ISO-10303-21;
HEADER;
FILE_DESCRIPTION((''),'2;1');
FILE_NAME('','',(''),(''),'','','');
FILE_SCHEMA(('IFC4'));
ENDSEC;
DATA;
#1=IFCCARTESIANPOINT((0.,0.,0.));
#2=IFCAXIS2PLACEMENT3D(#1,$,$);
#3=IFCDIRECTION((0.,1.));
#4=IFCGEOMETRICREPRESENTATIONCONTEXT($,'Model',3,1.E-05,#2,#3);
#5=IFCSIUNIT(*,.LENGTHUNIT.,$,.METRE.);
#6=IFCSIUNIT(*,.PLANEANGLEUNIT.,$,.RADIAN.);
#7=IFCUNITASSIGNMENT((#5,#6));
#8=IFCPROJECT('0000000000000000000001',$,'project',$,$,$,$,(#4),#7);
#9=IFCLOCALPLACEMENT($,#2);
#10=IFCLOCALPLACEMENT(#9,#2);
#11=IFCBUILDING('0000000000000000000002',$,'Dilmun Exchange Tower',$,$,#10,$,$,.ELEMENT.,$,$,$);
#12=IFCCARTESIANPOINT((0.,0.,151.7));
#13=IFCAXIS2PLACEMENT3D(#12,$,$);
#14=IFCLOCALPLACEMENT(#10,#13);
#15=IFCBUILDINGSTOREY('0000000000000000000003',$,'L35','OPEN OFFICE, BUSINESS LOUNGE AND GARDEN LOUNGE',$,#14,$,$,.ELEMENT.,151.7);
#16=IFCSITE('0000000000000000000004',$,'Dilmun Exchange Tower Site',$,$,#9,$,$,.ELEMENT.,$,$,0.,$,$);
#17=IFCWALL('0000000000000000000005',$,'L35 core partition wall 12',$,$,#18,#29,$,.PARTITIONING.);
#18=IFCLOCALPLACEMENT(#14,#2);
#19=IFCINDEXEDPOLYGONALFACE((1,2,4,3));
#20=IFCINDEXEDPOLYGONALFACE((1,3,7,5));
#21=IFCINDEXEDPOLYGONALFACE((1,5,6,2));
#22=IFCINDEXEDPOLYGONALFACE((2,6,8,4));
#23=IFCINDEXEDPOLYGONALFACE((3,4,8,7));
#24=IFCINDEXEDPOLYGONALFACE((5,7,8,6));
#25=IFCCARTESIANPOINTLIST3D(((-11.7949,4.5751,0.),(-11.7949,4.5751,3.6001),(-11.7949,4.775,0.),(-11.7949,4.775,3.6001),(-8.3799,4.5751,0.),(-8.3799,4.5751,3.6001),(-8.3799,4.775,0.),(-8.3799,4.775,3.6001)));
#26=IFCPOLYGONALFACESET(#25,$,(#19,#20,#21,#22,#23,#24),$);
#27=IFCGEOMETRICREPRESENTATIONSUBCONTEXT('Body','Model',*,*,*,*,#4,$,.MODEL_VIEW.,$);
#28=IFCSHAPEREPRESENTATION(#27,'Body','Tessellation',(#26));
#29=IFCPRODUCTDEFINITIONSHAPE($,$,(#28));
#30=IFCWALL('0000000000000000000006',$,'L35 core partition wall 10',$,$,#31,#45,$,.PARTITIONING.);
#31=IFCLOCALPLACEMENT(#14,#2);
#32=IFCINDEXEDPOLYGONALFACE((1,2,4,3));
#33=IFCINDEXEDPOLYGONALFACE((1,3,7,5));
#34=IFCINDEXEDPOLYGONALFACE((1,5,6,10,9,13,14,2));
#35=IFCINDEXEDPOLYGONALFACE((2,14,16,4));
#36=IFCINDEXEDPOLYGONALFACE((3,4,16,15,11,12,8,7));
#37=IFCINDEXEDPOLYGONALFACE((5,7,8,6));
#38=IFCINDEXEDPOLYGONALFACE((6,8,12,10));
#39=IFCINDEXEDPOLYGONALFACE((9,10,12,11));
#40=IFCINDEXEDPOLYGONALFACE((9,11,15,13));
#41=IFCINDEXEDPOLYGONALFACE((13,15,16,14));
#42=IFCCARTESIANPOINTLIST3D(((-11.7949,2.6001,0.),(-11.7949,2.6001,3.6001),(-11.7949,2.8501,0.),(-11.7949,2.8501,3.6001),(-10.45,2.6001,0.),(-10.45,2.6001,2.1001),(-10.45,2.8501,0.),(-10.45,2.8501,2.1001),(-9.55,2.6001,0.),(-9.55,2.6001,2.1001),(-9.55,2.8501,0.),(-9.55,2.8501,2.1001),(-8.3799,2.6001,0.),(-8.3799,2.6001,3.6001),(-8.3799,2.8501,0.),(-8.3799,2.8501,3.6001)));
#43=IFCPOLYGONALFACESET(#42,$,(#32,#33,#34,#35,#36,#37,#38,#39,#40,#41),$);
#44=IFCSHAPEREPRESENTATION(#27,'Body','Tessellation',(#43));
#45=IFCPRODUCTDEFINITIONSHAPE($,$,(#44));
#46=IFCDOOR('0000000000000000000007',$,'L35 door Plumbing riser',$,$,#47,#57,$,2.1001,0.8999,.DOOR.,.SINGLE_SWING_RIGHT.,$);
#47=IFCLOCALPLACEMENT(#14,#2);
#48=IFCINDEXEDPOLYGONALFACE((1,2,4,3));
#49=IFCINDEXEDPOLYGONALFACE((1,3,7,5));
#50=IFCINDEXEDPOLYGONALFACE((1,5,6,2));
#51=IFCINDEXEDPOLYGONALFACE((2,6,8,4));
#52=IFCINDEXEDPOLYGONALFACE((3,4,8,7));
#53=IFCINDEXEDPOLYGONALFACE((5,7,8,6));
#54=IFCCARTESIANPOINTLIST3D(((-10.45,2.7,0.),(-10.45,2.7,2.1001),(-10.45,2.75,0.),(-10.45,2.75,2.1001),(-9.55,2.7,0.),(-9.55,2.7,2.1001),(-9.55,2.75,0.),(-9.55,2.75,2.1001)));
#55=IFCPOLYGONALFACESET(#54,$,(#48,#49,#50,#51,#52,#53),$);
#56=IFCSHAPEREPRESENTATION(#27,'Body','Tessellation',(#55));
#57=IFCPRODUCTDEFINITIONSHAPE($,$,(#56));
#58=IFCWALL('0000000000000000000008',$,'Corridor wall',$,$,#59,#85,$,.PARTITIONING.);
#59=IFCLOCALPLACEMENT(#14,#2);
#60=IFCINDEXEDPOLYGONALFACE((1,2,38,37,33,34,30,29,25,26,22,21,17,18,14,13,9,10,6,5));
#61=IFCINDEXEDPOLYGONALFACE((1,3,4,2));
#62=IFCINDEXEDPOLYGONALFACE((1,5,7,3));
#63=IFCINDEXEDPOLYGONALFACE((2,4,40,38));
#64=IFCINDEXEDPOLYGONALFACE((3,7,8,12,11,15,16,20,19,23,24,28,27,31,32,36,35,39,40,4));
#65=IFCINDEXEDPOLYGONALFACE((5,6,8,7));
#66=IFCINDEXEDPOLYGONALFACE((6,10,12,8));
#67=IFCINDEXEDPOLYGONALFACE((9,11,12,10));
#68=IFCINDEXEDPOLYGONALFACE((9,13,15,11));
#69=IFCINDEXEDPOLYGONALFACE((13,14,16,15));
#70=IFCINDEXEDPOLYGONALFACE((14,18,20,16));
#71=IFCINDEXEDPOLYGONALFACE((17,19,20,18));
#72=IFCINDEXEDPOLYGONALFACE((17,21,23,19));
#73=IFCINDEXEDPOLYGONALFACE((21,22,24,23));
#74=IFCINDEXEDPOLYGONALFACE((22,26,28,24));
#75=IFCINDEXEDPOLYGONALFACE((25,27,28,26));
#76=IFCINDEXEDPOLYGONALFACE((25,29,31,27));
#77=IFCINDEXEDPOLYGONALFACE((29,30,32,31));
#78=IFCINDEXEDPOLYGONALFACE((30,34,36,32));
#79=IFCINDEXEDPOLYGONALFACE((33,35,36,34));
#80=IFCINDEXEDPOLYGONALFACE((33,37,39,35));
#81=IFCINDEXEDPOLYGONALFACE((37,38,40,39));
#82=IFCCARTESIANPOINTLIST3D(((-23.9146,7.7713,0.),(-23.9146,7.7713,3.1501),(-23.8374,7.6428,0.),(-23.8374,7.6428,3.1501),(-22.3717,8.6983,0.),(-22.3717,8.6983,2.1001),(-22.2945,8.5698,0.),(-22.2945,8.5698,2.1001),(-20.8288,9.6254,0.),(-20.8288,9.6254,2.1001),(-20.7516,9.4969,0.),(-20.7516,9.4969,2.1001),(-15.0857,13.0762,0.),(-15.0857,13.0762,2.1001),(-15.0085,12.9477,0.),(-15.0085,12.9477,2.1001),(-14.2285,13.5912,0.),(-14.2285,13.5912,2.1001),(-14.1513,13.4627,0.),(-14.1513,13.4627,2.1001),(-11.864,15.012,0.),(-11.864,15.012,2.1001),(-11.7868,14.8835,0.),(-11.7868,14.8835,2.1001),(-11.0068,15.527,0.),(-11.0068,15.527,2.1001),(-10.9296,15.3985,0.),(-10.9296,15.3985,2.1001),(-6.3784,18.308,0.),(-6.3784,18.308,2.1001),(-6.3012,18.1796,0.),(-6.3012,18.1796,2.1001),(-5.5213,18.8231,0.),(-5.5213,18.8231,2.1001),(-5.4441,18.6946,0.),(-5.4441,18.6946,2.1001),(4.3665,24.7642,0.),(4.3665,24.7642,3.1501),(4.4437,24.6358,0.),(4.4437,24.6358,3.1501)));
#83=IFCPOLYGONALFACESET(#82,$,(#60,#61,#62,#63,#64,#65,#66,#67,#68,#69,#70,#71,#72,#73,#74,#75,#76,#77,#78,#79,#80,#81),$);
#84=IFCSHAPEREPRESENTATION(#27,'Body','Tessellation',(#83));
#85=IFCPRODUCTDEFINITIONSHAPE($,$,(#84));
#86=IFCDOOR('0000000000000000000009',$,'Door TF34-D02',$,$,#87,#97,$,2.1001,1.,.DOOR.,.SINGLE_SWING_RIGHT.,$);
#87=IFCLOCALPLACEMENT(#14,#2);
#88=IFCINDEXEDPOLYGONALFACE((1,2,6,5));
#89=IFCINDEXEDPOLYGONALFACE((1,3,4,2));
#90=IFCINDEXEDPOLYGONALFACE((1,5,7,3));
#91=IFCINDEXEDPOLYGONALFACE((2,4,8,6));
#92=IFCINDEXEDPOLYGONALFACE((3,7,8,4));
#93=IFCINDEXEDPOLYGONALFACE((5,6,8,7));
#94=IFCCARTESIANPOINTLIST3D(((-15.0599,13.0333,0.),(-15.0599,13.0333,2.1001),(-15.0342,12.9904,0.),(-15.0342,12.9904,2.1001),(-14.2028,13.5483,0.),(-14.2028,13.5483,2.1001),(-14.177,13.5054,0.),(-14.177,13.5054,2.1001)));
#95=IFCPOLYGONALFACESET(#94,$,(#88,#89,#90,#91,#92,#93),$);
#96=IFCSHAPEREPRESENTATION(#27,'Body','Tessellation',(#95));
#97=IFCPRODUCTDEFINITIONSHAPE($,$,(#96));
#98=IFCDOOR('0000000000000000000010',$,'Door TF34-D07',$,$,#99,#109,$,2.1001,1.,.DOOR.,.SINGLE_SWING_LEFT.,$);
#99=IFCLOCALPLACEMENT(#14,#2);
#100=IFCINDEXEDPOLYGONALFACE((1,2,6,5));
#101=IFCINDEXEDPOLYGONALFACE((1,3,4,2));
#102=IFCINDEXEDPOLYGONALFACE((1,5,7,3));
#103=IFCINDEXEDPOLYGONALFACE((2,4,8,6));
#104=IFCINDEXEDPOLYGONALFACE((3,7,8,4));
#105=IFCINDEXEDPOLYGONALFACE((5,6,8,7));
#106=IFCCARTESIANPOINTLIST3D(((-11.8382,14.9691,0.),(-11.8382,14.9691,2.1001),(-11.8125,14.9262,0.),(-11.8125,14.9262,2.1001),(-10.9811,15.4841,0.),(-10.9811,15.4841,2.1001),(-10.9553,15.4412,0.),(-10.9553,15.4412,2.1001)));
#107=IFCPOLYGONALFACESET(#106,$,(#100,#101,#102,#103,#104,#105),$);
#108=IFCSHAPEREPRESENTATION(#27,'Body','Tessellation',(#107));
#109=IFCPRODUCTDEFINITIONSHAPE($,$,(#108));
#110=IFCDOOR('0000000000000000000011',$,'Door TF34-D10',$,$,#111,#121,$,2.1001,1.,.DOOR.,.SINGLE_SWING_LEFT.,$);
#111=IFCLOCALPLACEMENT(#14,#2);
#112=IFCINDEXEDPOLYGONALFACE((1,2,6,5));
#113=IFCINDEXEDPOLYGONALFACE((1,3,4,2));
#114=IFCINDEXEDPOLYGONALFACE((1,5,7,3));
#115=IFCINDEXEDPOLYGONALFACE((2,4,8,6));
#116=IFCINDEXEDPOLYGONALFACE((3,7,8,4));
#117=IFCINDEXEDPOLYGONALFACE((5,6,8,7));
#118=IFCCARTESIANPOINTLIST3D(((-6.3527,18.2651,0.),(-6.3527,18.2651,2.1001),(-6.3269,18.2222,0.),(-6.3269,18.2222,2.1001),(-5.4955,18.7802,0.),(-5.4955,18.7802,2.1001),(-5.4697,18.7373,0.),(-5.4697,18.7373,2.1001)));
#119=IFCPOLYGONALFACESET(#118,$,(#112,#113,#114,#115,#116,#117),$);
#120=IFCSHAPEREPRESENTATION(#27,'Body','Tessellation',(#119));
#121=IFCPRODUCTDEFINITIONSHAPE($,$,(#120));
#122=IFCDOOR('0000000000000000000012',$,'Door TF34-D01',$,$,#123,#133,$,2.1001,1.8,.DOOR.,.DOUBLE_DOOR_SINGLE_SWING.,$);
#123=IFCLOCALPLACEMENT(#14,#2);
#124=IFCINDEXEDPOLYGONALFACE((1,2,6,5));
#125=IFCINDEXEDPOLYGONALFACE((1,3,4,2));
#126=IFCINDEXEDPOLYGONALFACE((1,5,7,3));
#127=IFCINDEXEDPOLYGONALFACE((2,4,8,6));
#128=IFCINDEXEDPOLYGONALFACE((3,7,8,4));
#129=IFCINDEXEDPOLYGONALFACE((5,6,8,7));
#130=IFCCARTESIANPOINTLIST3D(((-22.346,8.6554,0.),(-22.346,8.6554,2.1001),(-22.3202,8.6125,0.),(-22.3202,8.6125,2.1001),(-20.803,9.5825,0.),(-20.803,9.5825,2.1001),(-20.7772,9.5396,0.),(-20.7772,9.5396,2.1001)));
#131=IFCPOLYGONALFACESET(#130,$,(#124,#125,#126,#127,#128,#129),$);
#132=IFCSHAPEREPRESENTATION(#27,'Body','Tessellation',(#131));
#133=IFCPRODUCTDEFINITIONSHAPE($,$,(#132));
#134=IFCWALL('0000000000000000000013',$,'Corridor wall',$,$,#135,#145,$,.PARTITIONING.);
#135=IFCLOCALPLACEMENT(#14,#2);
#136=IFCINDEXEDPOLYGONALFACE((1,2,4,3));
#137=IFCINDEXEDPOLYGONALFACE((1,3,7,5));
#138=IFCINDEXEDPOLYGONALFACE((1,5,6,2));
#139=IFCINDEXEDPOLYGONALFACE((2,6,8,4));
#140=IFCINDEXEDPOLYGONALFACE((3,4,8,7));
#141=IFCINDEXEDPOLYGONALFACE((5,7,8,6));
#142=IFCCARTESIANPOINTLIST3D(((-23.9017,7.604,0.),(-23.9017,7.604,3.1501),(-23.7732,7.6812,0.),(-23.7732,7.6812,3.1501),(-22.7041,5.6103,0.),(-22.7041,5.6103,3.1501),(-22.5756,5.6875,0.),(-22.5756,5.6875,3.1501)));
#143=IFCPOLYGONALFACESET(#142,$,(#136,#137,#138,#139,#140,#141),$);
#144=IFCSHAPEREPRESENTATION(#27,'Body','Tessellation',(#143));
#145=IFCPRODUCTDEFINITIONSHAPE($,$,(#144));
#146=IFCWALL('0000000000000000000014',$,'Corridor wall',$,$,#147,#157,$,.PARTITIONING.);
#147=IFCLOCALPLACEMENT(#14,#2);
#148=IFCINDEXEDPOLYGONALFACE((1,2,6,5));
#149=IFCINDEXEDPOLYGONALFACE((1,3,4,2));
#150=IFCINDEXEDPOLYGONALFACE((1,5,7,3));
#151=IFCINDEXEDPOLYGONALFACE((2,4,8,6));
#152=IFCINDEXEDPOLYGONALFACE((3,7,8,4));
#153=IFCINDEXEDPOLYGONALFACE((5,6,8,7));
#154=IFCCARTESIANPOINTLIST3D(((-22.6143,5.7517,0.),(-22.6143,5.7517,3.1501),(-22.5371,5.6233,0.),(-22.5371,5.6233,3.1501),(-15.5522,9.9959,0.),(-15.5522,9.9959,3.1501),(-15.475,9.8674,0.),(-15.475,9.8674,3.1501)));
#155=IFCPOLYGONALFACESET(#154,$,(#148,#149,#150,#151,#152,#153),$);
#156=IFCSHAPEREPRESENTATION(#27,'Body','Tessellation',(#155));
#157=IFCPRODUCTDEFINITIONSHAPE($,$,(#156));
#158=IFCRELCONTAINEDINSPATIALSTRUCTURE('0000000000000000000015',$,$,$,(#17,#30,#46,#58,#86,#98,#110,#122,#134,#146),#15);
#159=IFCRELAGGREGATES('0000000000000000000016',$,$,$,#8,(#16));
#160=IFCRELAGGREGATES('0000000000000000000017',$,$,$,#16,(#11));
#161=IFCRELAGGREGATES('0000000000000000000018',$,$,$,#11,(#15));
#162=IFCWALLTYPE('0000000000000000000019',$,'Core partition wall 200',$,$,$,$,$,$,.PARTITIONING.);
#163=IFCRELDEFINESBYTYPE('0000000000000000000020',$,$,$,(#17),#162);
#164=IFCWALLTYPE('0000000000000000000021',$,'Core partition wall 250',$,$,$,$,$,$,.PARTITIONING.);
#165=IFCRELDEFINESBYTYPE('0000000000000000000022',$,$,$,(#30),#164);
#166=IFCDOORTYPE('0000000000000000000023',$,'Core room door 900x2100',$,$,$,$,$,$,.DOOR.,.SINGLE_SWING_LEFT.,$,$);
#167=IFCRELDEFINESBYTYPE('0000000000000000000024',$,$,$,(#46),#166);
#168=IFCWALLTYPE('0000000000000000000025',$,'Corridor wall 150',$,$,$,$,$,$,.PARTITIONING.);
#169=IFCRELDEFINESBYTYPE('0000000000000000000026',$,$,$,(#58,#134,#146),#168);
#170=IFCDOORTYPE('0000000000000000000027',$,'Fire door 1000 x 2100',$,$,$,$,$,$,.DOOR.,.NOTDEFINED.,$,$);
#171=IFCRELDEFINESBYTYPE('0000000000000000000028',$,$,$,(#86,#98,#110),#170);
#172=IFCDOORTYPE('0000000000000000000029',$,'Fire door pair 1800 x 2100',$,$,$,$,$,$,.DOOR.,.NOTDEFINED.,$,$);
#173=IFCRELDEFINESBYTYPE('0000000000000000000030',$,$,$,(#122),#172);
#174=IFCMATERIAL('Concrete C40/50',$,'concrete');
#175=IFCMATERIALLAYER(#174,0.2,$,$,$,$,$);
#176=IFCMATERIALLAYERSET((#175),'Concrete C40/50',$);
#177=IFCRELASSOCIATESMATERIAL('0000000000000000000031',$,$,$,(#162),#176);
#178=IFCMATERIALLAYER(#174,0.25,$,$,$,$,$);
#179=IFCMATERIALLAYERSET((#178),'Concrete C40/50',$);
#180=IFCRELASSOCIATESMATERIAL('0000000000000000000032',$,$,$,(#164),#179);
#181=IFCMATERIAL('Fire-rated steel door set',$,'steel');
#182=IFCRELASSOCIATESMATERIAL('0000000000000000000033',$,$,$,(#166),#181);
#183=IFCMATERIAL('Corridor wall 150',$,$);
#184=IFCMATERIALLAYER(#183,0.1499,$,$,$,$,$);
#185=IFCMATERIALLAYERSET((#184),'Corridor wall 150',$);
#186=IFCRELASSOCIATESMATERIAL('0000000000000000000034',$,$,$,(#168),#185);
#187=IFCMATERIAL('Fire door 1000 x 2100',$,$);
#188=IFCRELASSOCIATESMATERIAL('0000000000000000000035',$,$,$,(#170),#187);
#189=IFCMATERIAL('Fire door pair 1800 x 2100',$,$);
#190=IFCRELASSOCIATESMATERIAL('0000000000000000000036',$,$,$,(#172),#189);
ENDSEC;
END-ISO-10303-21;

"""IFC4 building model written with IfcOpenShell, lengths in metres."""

from ifc_helpers import new_model, si_unit, direction, frame, frame_2d, origin, place, context, subcontext, project, spatial, rectangle, extrude, material, layer, layer_set, type_object, element, fill, save


model = new_model("IFC4")

# Units and contexts
model_context = context("Model", 3, precision=1e-05, world=origin(), true_north=direction((0.0, 1.0)))
body_context = subcontext(model_context, "Body", "Model", "MODEL_VIEW")
ifc_project = project(units=[si_unit("LENGTHUNIT", "METRE"), si_unit("PLANEANGLEUNIT", "RADIAN")], contexts=[model_context])

# Site, building, storey
site_placement = place(None, origin())
site = spatial("IfcSite", under=ifc_project, at=site_placement, Name="Dilmun Exchange Tower Site", CompositionType="ELEMENT", RefElevation=0.0)
building_placement = place(site_placement, origin())
building = spatial("IfcBuilding", under=site, at=building_placement, Name="Dilmun Exchange Tower", CompositionType="ELEMENT")
storey_placement = place(building_placement, frame((0.0, 0.0, 151.7)))
storey = spatial("IfcBuildingStorey", under=building, at=storey_placement, Name="L35", Description="OPEN OFFICE, BUSINESS LOUNGE AND GARDEN LOUNGE", CompositionType="ELEMENT", Elevation=151.7)

# Wall
ifc_material_1 = material(Name="Concrete C40/50", Category="concrete")
ifc_layer_1 = layer(ifc_material_1, 0.2)
ifc_layer_set_1 = layer_set([ifc_layer_1], Name="Concrete C40/50")
wall_type_1 = type_object("IfcWallType", Name="Core partition wall 200", PredefinedType="PARTITIONING", material=ifc_layer_set_1)
wall_1_placement = place(storey_placement, frame((-11.7949, 4.675, 0.0), z_axis=(0.0, 0.0, 1.0), x_axis=(1.0, 0.0, 0.0)))
element("IfcWall", 1, at=wall_1_placement, inside=storey, type_object=wall_type_1, Name="L35 core partition wall 12", PredefinedType="PARTITIONING", context=body_context, shape_type="SweptSolid", body=[
    extrude(rectangle(XDim=3.415, YDim=0.2, at=frame_2d((1.7075, 0.0))), origin(), (0.0, 0.0, 1.0), 3.6001),
])

# Wall, opening, door
ifc_layer_2 = layer(ifc_material_1, 0.25)
ifc_layer_set_2 = layer_set([ifc_layer_2], Name="Concrete C40/50")
wall_type_2 = type_object("IfcWallType", Name="Core partition wall 250", PredefinedType="PARTITIONING", material=ifc_layer_set_2)
wall_2_placement = place(storey_placement, frame((-11.7949, 2.7251, 0.0), z_axis=(0.0, 0.0, 1.0), x_axis=(1.0, 0.0, 0.0)))
wall_2 = element("IfcWall", 2, at=wall_2_placement, inside=storey, type_object=wall_type_2, Name="L35 core partition wall 10", PredefinedType="PARTITIONING", context=body_context, shape_type="SweptSolid", body=[
    extrude(rectangle(XDim=3.415, YDim=0.25, at=frame_2d((1.7075, 0.0))), origin(), (0.0, 0.0, 1.0), 3.6001),
])
opening_1_placement = place(wall_2_placement, frame((1.345, 0.0, 0.0)))
opening_1 = element("IfcOpeningElement", 3, at=opening_1_placement, cuts=wall_2, PredefinedType="OPENING", context=body_context, shape_type="SweptSolid", body=[
    extrude(rectangle(XDim=0.8999, YDim=2.1001, at=frame_2d((0.45, 1.05))), frame((0.0, 0.135, 0.0), z_axis=(0.0, -1.0, 0.0), x_axis=(1.0, 0.0, 0.0)), (0.0, 0.0, 1.0), 0.27),
])
ifc_material_2 = material(Name="Fire-rated steel door set", Category="steel")
door_type_1 = type_object("IfcDoorType", Name="Core room door 900x2100", OperationType="SINGLE_SWING_LEFT", PredefinedType="DOOR", material=ifc_material_2)
door_1_placement = place(opening_1_placement, origin())
door_1 = element("IfcDoor", 4, at=door_1_placement, inside=storey, type_object=door_type_1, Name="L35 door Plumbing riser", OperationType="SINGLE_SWING_RIGHT", OverallHeight=2.1001, OverallWidth=0.8999, PredefinedType="DOOR", context=body_context, shape_type="SweptSolid", body=[
    extrude(rectangle(XDim=0.8999, YDim=2.1001, at=frame_2d((0.45, 1.05))), frame((0.0, 0.0249, 0.0), z_axis=(0.0, -1.0, 0.0), x_axis=(1.0, 0.0, 0.0)), (0.0, 0.0, 1.0), 0.05),
])
fill(opening_1, door_1)

# Wall, openings, doors
ifc_material_3 = material(Name="Corridor wall 150")
ifc_layer_3 = layer(ifc_material_3, 0.1499)
ifc_layer_set_3 = layer_set([ifc_layer_3], Name="Corridor wall 150")
wall_type_3 = type_object("IfcWallType", Name="Corridor wall 150", PredefinedType="PARTITIONING", material=ifc_layer_set_3)
wall_3_placement = place(storey_placement, frame((-23.876, 7.707, 0.0), z_axis=(0.0, 0.0, 1.0), x_axis=(0.857168, 0.515038, 0.0)))
wall_3 = element("IfcWall", 5, at=wall_3_placement, inside=storey, type_object=wall_type_3, Name="Corridor wall", PredefinedType="PARTITIONING", context=body_context, shape_type="SweptSolid", body=[
    extrude(rectangle(XDim=32.9937, YDim=0.1499, at=frame_2d((16.4968, 0.0))), origin(), (0.0, 0.0, 1.0), 3.1501),
])
opening_2_placement = place(wall_3_placement, frame((1.8, 0.0, 0.0)))
opening_2 = element("IfcOpeningElement", 6, at=opening_2_placement, cuts=wall_3, PredefinedType="OPENING", context=body_context, shape_type="SweptSolid", body=[
    extrude(rectangle(XDim=1.8, YDim=2.1001, at=frame_2d((0.8999, 1.05))), frame((0.0, 0.085, 0.0), z_axis=(0.0, -1.0, 0.0), x_axis=(1.0, 0.0, 0.0)), (0.0, 0.0, 1.0), 0.1699),
])
opening_3_placement = place(wall_3_placement, frame((10.3, 0.0, 0.0)))
opening_3 = element("IfcOpeningElement", 7, at=opening_3_placement, cuts=wall_3, PredefinedType="OPENING", context=body_context, shape_type="SweptSolid", body=[
    extrude(rectangle(XDim=1.0, YDim=2.1001, at=frame_2d((0.5, 1.05))), frame((0.0, 0.085, 0.0), z_axis=(0.0, -1.0, 0.0), x_axis=(1.0, 0.0, 0.0)), (0.0, 0.0, 1.0), 0.1699),
])
opening_4_placement = place(wall_3_placement, frame((14.0586, 0.0, 0.0)))
opening_4 = element("IfcOpeningElement", 8, at=opening_4_placement, cuts=wall_3, PredefinedType="OPENING", context=body_context, shape_type="SweptSolid", body=[
    extrude(rectangle(XDim=1.0, YDim=2.1001, at=frame_2d((0.5, 1.05))), frame((0.0, 0.085, 0.0), z_axis=(0.0, -1.0, 0.0), x_axis=(1.0, 0.0, 0.0)), (0.0, 0.0, 1.0), 0.1699),
])
opening_5_placement = place(wall_3_placement, frame((20.4583, 0.0, 0.0)))
opening_5 = element("IfcOpeningElement", 9, at=opening_5_placement, cuts=wall_3, PredefinedType="OPENING", context=body_context, shape_type="SweptSolid", body=[
    extrude(rectangle(XDim=1.0, YDim=2.1001, at=frame_2d((0.5, 1.05))), frame((0.0, 0.085, 0.0), z_axis=(0.0, -1.0, 0.0), x_axis=(1.0, 0.0, 0.0)), (0.0, 0.0, 1.0), 0.1699),
])
ifc_material_4 = material(Name="Fire door 1000 x 2100")
door_type_2 = type_object("IfcDoorType", Name="Fire door 1000 x 2100", OperationType="NOTDEFINED", PredefinedType="DOOR", material=ifc_material_4)
door_2_placement = place(opening_3_placement, origin())
door_2 = element("IfcDoor", 10, at=door_2_placement, inside=storey, type_object=door_type_2, Name="Door TF34-D02", OperationType="SINGLE_SWING_RIGHT", OverallHeight=2.1001, OverallWidth=1.0, PredefinedType="DOOR", context=body_context, shape_type="SweptSolid", body=[
    extrude(rectangle(XDim=1.0, YDim=2.1001, at=frame_2d((0.5, 1.05))), frame((0.0, 0.0249, 0.0), z_axis=(0.0, -1.0, 0.0), x_axis=(1.0, 0.0, 0.0)), (0.0, 0.0, 1.0), 0.05),
])
fill(opening_3, door_2)
door_3_placement = place(opening_4_placement, origin())
door_3 = element("IfcDoor", 11, at=door_3_placement, inside=storey, type_object=door_type_2, Name="Door TF34-D07", OperationType="SINGLE_SWING_LEFT", OverallHeight=2.1001, OverallWidth=1.0, PredefinedType="DOOR", context=body_context, shape_type="SweptSolid", body=[
    extrude(rectangle(XDim=1.0, YDim=2.1001, at=frame_2d((0.5, 1.05))), frame((0.0, 0.0249, 0.0), z_axis=(0.0, -1.0, 0.0), x_axis=(1.0, 0.0, 0.0)), (0.0, 0.0, 1.0), 0.05),
])
fill(opening_4, door_3)
door_4_placement = place(opening_5_placement, origin())
door_4 = element("IfcDoor", 12, at=door_4_placement, inside=storey, type_object=door_type_2, Name="Door TF34-D10", OperationType="SINGLE_SWING_LEFT", OverallHeight=2.1001, OverallWidth=1.0, PredefinedType="DOOR", context=body_context, shape_type="SweptSolid", body=[
    extrude(rectangle(XDim=1.0, YDim=2.1001, at=frame_2d((0.5, 1.05))), frame((0.0, 0.0249, 0.0), z_axis=(0.0, -1.0, 0.0), x_axis=(1.0, 0.0, 0.0)), (0.0, 0.0, 1.0), 0.05),
])
fill(opening_5, door_4)
ifc_material_5 = material(Name="Fire door pair 1800 x 2100")
door_type_3 = type_object("IfcDoorType", Name="Fire door pair 1800 x 2100", OperationType="NOTDEFINED", PredefinedType="DOOR", material=ifc_material_5)
door_5_placement = place(opening_2_placement, origin())
door_5 = element("IfcDoor", 13, at=door_5_placement, inside=storey, type_object=door_type_3, Name="Door TF34-D01", OperationType="DOUBLE_DOOR_SINGLE_SWING", OverallHeight=2.1001, OverallWidth=1.8, PredefinedType="DOOR", context=body_context, shape_type="SweptSolid", body=[
    extrude(rectangle(XDim=1.8, YDim=2.1001, at=frame_2d((0.8999, 1.05))), frame((0.0, 0.0249, 0.0), z_axis=(0.0, -1.0, 0.0), x_axis=(1.0, 0.0, 0.0)), (0.0, 0.0, 1.0), 0.05),
])
fill(opening_2, door_5)

# Walls
wall_4_placement = place(storey_placement, frame((-23.8374, 7.6426, 0.0), z_axis=(0.0, 0.0, 1.0), x_axis=(0.514913, -0.857243, 0.0)))
element("IfcWall", 14, at=wall_4_placement, inside=storey, type_object=wall_type_3, Name="Corridor wall", PredefinedType="PARTITIONING", context=body_context, shape_type="SweptSolid", body=[
    extrude(rectangle(XDim=2.3257, YDim=0.1499, at=frame_2d((1.1628, 0.0))), origin(), (0.0, 0.0, 1.0), 3.1501),
])
wall_5_placement = place(storey_placement, frame((-22.5757, 5.6875, 0.0), z_axis=(0.0, 0.0, 1.0), x_axis=(0.857121, 0.515114, 0.0)))
element("IfcWall", 15, at=wall_5_placement, inside=storey, type_object=wall_type_3, Name="Corridor wall", PredefinedType="PARTITIONING", context=body_context, shape_type="SweptSolid", body=[
    extrude(rectangle(XDim=8.2393, YDim=0.1499, at=frame_2d((4.1196, 0.0))), origin(), (0.0, 0.0, 1.0), 3.1501),
])

save(model, "model.ifc")
